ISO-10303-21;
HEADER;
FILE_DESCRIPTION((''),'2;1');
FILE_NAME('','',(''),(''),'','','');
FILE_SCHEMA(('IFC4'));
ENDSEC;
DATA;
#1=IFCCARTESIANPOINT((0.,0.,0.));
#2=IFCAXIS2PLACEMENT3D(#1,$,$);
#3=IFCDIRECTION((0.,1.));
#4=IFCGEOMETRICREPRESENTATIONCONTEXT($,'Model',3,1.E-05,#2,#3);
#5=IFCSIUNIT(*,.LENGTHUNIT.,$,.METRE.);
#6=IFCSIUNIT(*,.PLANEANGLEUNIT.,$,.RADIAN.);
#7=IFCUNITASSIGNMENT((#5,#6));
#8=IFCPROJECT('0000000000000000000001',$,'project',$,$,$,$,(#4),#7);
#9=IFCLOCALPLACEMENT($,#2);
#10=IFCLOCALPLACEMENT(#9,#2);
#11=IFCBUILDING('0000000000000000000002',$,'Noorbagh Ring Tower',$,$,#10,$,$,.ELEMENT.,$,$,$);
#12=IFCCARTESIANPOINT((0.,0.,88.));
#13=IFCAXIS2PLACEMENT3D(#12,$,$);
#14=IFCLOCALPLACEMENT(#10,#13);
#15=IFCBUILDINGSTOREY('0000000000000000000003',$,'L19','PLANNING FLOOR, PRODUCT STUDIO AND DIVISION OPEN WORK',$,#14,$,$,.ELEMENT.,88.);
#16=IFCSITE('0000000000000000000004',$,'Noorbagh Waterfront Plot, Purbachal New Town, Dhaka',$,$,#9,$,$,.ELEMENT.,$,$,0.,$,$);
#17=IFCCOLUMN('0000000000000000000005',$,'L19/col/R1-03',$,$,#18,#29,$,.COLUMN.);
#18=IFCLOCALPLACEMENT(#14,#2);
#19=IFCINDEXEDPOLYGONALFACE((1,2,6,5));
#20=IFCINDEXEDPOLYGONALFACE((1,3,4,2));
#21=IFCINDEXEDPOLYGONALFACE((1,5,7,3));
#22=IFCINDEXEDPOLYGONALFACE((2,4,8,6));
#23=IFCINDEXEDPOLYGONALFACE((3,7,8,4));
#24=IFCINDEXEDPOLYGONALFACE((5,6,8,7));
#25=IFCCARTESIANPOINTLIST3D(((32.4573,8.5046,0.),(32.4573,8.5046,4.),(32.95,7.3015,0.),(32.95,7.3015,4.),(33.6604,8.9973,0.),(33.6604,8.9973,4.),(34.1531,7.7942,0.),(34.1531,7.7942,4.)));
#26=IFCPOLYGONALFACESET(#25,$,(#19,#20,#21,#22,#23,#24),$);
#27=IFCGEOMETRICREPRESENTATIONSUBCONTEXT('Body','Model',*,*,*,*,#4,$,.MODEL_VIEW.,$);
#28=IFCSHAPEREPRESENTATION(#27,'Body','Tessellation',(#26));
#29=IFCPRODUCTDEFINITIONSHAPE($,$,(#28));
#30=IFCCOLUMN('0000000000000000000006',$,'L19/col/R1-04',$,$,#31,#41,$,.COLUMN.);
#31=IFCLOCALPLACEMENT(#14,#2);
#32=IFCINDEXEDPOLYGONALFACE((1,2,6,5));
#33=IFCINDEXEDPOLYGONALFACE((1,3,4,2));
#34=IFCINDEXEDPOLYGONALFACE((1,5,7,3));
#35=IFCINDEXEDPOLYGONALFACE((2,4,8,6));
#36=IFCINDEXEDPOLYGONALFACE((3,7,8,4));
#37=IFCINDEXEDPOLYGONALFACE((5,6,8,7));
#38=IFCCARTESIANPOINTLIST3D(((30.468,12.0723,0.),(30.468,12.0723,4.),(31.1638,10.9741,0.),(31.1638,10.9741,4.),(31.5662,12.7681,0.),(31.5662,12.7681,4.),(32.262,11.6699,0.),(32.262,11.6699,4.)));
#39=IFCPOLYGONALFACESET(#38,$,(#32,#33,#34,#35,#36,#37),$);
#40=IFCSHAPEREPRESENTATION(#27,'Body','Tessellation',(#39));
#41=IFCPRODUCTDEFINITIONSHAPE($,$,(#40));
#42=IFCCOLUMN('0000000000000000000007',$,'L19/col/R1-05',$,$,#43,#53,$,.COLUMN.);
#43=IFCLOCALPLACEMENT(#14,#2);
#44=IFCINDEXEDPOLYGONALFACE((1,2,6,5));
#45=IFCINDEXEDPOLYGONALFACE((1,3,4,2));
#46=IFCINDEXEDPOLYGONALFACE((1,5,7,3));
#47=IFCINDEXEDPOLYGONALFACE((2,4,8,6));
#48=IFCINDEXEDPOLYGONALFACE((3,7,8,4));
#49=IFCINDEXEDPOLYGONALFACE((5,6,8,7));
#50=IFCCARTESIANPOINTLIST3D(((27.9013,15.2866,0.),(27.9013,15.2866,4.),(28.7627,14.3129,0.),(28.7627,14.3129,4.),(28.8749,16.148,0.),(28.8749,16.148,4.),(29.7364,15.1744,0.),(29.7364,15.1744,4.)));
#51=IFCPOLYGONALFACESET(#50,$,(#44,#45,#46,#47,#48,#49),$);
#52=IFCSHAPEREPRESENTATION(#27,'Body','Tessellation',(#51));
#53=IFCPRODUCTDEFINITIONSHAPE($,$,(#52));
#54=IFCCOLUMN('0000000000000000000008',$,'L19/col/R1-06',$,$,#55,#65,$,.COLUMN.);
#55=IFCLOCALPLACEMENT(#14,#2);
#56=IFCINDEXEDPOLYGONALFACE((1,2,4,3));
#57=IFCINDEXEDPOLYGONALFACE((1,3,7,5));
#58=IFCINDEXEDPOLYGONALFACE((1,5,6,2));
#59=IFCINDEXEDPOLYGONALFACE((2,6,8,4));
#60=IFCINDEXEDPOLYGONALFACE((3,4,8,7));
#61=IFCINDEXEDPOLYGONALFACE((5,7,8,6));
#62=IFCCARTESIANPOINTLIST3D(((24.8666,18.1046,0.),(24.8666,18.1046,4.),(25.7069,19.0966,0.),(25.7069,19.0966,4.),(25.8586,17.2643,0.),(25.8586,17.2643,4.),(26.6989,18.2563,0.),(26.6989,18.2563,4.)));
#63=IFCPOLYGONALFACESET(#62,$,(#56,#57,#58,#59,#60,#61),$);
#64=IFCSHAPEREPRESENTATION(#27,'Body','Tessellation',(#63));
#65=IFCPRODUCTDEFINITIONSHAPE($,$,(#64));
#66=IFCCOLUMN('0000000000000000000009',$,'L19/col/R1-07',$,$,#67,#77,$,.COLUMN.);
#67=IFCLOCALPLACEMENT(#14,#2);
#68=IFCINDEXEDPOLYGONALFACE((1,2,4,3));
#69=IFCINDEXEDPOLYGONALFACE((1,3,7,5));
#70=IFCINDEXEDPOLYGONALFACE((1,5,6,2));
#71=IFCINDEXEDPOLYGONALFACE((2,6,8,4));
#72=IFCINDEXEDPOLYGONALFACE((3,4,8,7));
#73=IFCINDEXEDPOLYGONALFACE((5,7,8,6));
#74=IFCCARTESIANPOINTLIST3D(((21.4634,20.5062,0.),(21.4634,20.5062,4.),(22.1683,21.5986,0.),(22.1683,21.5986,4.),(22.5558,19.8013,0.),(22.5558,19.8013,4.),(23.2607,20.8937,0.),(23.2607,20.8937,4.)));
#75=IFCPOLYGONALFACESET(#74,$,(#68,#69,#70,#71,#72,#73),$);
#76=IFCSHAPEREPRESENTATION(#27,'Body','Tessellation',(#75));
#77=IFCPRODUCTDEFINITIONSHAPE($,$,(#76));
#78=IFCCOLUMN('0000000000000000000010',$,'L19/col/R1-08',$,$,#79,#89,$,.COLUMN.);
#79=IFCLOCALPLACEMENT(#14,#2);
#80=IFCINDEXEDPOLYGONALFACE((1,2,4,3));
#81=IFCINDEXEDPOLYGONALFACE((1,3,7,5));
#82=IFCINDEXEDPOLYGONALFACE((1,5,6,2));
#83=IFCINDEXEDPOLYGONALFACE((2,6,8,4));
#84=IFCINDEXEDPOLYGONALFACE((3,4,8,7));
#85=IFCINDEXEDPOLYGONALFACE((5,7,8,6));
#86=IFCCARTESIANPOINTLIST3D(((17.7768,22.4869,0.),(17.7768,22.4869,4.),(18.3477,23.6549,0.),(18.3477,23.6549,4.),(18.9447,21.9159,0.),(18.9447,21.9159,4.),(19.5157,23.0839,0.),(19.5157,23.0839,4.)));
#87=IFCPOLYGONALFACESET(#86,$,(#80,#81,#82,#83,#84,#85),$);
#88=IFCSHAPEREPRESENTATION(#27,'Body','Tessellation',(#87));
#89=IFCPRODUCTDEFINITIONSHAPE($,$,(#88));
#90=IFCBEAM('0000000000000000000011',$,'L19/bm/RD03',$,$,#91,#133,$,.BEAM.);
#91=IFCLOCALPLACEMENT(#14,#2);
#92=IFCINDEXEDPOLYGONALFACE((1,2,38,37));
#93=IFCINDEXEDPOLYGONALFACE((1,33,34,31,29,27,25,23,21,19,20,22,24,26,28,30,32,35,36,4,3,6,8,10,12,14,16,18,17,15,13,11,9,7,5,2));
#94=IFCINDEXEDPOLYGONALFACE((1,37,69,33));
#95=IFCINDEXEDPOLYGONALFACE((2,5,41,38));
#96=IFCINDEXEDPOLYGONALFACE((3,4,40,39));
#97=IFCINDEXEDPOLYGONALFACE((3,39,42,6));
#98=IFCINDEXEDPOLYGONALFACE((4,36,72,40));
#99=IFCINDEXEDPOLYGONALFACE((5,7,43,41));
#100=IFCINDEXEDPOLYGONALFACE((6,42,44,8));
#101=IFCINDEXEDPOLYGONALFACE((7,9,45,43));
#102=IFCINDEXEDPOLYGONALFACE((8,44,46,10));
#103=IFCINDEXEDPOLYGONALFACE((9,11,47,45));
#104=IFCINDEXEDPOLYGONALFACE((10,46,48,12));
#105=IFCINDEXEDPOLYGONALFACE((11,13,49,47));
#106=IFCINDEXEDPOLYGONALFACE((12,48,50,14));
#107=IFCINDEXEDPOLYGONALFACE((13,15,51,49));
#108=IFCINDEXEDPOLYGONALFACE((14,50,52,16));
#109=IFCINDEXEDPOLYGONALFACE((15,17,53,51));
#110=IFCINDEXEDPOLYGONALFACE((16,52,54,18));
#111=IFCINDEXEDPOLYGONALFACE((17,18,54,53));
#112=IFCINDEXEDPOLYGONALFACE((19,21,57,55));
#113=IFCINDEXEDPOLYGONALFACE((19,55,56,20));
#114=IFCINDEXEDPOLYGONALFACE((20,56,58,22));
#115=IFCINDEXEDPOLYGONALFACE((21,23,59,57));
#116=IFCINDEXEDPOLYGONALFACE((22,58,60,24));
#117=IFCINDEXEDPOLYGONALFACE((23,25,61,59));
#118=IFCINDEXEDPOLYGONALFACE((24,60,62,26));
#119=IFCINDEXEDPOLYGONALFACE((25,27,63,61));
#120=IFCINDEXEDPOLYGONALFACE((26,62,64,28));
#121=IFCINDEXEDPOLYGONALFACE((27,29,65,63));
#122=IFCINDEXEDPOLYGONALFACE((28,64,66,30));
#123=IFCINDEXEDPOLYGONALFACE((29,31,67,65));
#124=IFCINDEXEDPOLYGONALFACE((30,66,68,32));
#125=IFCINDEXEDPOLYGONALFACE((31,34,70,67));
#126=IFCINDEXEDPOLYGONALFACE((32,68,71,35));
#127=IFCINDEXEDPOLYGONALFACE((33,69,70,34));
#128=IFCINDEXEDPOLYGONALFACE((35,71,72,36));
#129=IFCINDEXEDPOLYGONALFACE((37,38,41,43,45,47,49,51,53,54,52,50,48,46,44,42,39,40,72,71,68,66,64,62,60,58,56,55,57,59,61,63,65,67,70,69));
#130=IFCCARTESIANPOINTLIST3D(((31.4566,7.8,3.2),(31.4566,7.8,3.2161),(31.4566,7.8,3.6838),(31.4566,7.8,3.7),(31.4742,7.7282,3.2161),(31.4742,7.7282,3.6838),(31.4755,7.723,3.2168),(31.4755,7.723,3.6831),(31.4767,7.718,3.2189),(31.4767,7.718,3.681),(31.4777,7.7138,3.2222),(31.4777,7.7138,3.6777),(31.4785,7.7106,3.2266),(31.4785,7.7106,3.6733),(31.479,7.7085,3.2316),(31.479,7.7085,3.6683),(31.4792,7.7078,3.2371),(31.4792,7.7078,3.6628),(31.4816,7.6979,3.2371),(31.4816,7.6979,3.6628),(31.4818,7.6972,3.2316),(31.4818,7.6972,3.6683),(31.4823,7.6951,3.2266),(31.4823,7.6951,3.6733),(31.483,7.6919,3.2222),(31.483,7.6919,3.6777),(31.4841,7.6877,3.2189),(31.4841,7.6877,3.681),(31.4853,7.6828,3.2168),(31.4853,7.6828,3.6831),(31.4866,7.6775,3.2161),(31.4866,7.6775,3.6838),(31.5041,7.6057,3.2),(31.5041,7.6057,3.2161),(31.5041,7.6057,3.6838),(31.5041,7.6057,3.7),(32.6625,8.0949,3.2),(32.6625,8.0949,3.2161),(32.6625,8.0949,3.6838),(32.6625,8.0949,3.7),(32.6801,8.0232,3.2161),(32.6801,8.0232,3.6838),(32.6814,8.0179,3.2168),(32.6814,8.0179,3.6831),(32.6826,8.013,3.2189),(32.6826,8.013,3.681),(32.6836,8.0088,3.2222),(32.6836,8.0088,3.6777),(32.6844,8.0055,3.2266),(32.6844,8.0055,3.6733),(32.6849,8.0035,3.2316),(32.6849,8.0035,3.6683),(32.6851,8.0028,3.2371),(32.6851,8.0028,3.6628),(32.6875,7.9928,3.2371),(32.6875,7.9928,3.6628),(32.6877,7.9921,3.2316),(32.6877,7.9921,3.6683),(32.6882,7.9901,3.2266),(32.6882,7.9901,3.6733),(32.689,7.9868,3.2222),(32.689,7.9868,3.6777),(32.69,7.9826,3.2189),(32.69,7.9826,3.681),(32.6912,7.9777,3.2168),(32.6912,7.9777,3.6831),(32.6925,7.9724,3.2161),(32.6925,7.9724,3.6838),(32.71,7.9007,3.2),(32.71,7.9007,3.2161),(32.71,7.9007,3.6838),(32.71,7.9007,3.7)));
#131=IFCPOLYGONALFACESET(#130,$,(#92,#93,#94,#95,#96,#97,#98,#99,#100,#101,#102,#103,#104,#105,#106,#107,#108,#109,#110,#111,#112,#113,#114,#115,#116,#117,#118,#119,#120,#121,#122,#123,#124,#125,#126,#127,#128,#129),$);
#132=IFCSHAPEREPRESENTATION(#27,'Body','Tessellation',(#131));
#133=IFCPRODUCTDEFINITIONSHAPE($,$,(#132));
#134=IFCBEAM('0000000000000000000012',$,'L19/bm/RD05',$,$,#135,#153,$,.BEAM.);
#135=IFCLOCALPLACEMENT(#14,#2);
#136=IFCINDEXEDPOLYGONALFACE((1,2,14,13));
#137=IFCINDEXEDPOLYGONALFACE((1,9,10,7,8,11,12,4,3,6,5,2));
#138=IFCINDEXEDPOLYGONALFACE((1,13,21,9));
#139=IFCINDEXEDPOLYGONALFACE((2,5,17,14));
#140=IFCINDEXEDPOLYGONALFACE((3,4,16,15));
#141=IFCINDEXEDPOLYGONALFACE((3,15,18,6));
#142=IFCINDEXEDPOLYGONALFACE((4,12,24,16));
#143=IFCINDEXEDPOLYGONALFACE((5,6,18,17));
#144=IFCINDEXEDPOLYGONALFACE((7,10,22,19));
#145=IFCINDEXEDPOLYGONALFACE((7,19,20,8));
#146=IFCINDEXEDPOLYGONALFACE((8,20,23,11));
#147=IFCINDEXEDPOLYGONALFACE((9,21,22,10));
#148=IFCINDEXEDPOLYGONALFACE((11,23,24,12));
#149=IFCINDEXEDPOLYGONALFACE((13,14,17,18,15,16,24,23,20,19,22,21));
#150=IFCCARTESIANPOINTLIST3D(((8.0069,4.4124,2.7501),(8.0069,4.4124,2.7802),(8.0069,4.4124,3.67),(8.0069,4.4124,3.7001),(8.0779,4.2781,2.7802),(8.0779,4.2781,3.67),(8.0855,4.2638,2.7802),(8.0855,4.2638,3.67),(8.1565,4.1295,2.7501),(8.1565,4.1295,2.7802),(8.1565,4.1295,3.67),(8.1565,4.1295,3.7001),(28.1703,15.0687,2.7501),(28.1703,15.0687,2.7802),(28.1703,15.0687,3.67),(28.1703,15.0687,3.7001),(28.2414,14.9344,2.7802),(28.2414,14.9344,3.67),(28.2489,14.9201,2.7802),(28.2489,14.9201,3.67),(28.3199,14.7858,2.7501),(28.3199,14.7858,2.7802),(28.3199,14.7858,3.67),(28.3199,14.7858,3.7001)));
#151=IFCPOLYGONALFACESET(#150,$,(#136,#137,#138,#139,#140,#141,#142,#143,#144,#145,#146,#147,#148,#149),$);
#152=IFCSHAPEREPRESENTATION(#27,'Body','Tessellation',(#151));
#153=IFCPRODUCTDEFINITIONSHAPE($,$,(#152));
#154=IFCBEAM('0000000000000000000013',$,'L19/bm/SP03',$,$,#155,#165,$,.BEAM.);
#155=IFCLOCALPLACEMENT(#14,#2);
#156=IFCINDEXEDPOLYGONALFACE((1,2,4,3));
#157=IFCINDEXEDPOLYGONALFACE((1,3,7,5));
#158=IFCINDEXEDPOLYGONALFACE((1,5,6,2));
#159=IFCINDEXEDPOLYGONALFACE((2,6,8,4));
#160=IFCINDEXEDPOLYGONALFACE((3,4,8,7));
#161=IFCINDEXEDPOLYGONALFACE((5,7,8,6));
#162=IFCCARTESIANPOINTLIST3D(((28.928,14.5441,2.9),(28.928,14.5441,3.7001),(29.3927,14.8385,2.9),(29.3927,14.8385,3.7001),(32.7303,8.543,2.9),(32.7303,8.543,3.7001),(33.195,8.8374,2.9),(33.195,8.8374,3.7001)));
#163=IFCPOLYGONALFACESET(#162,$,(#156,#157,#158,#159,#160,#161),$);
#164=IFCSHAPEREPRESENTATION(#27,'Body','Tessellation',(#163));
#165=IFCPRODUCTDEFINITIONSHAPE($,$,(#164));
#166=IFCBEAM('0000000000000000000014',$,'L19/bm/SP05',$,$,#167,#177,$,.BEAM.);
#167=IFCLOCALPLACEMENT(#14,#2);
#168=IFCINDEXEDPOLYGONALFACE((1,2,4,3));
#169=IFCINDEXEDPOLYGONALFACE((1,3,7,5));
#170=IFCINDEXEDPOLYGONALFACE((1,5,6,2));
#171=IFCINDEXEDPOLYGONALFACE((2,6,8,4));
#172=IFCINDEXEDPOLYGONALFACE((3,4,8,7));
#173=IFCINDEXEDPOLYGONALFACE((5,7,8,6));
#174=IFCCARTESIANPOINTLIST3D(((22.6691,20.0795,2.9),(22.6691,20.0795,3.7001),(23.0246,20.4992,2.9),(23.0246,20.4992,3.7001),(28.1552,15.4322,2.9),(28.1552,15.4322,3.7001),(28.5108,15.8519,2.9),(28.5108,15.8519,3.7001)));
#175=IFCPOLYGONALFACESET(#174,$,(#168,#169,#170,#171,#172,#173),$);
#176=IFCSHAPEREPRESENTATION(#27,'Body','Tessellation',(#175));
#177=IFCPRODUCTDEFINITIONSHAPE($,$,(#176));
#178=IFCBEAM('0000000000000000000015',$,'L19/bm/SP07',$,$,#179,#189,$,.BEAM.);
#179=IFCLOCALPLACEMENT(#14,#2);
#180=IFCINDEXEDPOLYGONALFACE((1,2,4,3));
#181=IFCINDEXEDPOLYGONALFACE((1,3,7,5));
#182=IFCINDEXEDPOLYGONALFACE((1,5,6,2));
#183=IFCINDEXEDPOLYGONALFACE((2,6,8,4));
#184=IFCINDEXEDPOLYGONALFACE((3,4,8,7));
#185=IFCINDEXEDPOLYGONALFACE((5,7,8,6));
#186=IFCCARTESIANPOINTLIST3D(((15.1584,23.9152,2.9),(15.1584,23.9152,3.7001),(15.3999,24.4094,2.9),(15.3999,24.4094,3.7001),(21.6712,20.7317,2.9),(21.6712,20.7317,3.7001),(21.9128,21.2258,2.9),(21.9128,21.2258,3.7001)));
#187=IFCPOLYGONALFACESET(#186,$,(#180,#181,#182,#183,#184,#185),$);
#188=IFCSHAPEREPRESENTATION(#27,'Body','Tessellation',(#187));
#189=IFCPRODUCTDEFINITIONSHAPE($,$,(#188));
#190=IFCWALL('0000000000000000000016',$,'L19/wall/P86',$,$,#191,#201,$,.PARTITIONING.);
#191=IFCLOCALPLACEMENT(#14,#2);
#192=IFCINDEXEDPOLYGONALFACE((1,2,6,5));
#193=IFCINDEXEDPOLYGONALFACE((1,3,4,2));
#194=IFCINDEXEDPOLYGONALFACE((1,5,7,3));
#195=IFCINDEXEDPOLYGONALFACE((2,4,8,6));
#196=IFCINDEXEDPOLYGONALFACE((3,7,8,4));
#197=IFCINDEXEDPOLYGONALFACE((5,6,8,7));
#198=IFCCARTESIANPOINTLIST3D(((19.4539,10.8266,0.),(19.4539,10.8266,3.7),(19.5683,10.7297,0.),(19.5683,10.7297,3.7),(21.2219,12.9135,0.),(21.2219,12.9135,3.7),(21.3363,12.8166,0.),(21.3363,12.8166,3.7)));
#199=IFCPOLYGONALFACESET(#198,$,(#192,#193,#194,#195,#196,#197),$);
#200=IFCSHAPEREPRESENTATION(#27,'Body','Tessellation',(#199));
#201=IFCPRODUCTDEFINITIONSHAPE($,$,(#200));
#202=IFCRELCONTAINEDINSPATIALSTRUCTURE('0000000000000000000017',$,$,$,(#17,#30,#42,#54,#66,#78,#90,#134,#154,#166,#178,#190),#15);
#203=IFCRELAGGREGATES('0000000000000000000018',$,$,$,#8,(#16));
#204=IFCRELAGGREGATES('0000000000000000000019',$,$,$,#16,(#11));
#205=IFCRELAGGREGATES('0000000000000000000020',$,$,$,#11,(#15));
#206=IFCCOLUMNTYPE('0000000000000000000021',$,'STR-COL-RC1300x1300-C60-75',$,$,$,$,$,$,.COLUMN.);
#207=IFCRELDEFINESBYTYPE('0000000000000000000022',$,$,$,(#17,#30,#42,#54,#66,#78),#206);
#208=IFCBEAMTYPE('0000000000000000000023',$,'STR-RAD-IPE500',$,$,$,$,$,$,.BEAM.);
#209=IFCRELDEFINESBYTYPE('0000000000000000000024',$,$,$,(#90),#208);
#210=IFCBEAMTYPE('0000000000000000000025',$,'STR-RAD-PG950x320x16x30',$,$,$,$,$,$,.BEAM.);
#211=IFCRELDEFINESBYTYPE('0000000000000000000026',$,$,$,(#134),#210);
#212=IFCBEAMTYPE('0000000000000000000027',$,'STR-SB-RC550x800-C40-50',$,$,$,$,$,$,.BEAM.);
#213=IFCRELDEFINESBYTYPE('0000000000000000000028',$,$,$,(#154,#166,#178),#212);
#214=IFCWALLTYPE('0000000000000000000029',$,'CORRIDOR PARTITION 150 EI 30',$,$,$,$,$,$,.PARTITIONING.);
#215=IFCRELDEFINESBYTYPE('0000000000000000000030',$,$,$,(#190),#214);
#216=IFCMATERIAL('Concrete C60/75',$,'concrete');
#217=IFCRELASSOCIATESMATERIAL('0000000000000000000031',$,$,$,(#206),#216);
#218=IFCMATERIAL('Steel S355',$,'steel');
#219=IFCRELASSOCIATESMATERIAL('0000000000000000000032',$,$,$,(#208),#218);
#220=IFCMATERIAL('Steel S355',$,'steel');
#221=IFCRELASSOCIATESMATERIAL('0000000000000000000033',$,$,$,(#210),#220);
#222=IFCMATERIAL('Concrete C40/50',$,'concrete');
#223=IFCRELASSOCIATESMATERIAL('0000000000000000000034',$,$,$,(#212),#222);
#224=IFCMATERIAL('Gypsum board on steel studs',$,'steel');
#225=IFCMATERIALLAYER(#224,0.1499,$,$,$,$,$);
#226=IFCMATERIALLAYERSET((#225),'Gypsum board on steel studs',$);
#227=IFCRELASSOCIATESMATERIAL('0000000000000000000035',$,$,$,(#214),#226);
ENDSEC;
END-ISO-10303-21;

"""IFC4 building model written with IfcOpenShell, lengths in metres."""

from ifc_helpers import new_model, si_unit, direction, frame, frame_2d, origin, origin_2d, place, context, subcontext, project, spatial, rectangle, i_section, extrude, material, layer, layer_set, material_profile, profile_set, type_object, element, save


model = new_model("IFC4")

# Units and contexts
model_context = context("Model", 3, precision=1e-05, world=origin(), true_north=direction((0.0, 1.0)))
body_context = subcontext(model_context, "Body", "Model", "MODEL_VIEW")
ifc_project = project(units=[si_unit("LENGTHUNIT", "METRE"), si_unit("PLANEANGLEUNIT", "RADIAN")], contexts=[model_context])

# Site, building, storey
site_placement = place(None, origin())
site = spatial("IfcSite", under=ifc_project, at=site_placement, Name="Noorbagh Waterfront Plot, Purbachal New Town, Dhaka", CompositionType="ELEMENT", RefElevation=0.0)
building_placement = place(site_placement, origin())
building = spatial("IfcBuilding", under=site, at=building_placement, Name="Noorbagh Ring Tower", CompositionType="ELEMENT")
storey_placement = place(building_placement, frame((0.0, 0.0, 88.0)))
storey = spatial("IfcBuildingStorey", under=building, at=storey_placement, Name="L19", Description="PLANNING FLOOR, PRODUCT STUDIO AND DIVISION OPEN WORK", CompositionType="ELEMENT", Elevation=88.0)

# Columns
ifc_material_1 = material(Name="Concrete C60/75", Category="concrete")
ifc_material_profile_1 = material_profile(ifc_material_1, rectangle(XDim=1.3, YDim=1.3, at=origin_2d()), Name="RC1300x1300")
ifc_profile_set_1 = profile_set([ifc_material_profile_1], Name="Concrete C60/75")
column_type = type_object("IfcColumnType", Name="STR-COL-RC1300x1300-C60-75", PredefinedType="COLUMN", material=ifc_profile_set_1)
for number, where, z_axis, x_axis, name in (
    (1, (33.3052, 8.1494, 0.0), (0.0, 0.0, 1.0), (-0.378989, 0.925401, 0.0), "L19/col/R1-03"),
    (2, (31.365, 11.8711, 0.0), (0.0, 0.0, 1.0), (-0.53519, 0.844731, 0.0), "L19/col/R1-04"),
    (3, (28.8188, 15.2305, 0.0), (0.0, 0.0, 1.0), (-0.662636, 0.748942, 0.0), "L19/col/R1-05"),
    (4, (25.7827, 18.1804, 0.0), (0.0, 0.0, 1.0), (-0.763035, 0.646357, 0.0), "L19/col/R1-06"),
    (5, (22.3621, 20.7, 0.0), (0.0, 0.0, 1.0), (-0.840248, 0.542203, 0.0), "L19/col/R1-07"),
    (6, (18.6462, 22.7854, 0.0), (0.0, 0.0, 1.0), (-0.898399, 0.43918, 0.0), "L19/col/R1-08"),
):
    element("IfcColumn", number, at=place(storey_placement, frame(where, z_axis=z_axis, x_axis=x_axis)), inside=storey, type_object=column_type, Name=name, PredefinedType="COLUMN", context=body_context, shape_type="SweptSolid", body=[
        extrude(rectangle(XDim=1.3, YDim=1.3, at=origin_2d()), origin(), (0.0, 0.0, 1.0), 4.0),
    ])

# Beams
ifc_material_2 = material(Name="Steel S355", Category="steel")
ifc_material_profile_2 = material_profile(ifc_material_2, i_section(OverallWidth=0.2, OverallDepth=0.5, WebThickness=0.0103, FlangeThickness=0.0161, FilletRadius=0.021, at=origin_2d()), Name="IPE500")
ifc_profile_set_2 = profile_set([ifc_material_profile_2], Name="Steel S355")
beam_type_1 = type_object("IfcBeamType", Name="STR-RAD-IPE500", PredefinedType="BEAM", material=ifc_profile_set_2)
beam_1_placement = place(storey_placement, frame((32.6863, 7.9978, 3.45), z_axis=(-0.971368, -0.237581, 0.0), x_axis=(0.237581, -0.971368, 0.0)))
element("IfcBeam", 7, at=beam_1_placement, inside=storey, type_object=beam_type_1, Name="L19/bm/RD03", PredefinedType="BEAM", context=body_context, shape_type="SweptSolid", body=[
    extrude(i_section(OverallWidth=0.2, OverallDepth=0.5, WebThickness=0.0103, FlangeThickness=0.0161, FilletRadius=0.021, at=origin_2d()), origin(), (0.0, 0.0, 1.0), 1.2415),
])
ifc_material_3 = material(Name="Steel S355", Category="steel")
ifc_material_profile_3 = material_profile(ifc_material_3, i_section(OverallWidth=0.3201, OverallDepth=0.95, WebThickness=0.0161, FlangeThickness=0.03, at=origin_2d()), Name="PG950x320x16x30")
ifc_profile_set_3 = profile_set([ifc_material_profile_3], Name="Steel S355")
beam_type_2 = type_object("IfcBeamType", Name="STR-RAD-PG950x320x16x30", PredefinedType="BEAM", material=ifc_profile_set_3)
beam_2_placement = place(storey_placement, frame((28.2451, 14.9272, 3.2251), z_axis=(-0.884122, -0.467256, 0.0), x_axis=(0.467256, -0.884122, 0.0)))
element("IfcBeam", 8, at=beam_2_placement, inside=storey, type_object=beam_type_2, Name="L19/bm/RD05", PredefinedType="BEAM", context=body_context, shape_type="SweptSolid", body=[
    extrude(i_section(OverallWidth=0.3201, OverallDepth=0.95, WebThickness=0.0161, FlangeThickness=0.03, at=origin_2d()), origin(), (0.0, 0.0, 1.0), 22.8062),
])
ifc_material_4 = material(Name="Concrete C40/50", Category="concrete")
ifc_material_profile_4 = material_profile(ifc_material_4, rectangle(XDim=0.55, YDim=0.8, at=origin_2d()), Name="RC550x800")
ifc_profile_set_4 = profile_set([ifc_material_profile_4], Name="Concrete C40/50")
beam_type_3 = type_object("IfcBeamType", Name="STR-SB-RC550x800-C40-50", PredefinedType="BEAM", material=ifc_profile_set_4)
beam_3_placement = place(storey_placement, frame((32.9626, 8.6902, 3.3), z_axis=(-0.535216, 0.844715, 0.0), x_axis=(-0.844715, -0.535216, 0.0)))
element("IfcBeam", 9, at=beam_3_placement, inside=storey, type_object=beam_type_3, Name="L19/bm/SP03", PredefinedType="BEAM", context=body_context, shape_type="SweptSolid", body=[
    extrude(rectangle(XDim=0.55, YDim=0.8, at=origin_2d()), origin(), (0.0, 0.0, 1.0), 7.1042),
])
beam_4_placement = place(storey_placement, frame((28.333, 15.6421, 3.3), z_axis=(-0.763033, 0.646359, 0.0), x_axis=(-0.646359, -0.763033, 0.0)))
element("IfcBeam", 10, at=beam_4_placement, inside=storey, type_object=beam_type_3, Name="L19/bm/SP05", PredefinedType="BEAM", context=body_context, shape_type="SweptSolid", body=[
    extrude(rectangle(XDim=0.55, YDim=0.8, at=origin_2d()), origin(), (0.0, 0.0, 1.0), 7.1899),
])
beam_5_placement = place(storey_placement, frame((21.792, 20.9788, 3.3), z_axis=(-0.898412, 0.439153, 0.0), x_axis=(-0.439153, -0.898412, 0.0)))
element("IfcBeam", 11, at=beam_5_placement, inside=storey, type_object=beam_type_3, Name="L19/bm/SP07", PredefinedType="BEAM", context=body_context, shape_type="SweptSolid", body=[
    extrude(rectangle(XDim=0.55, YDim=0.8, at=origin_2d()), origin(), (0.0, 0.0, 1.0), 7.2493),
])

# Wall
ifc_material_5 = material(Name="Gypsum board on steel studs", Category="steel")
ifc_layer_1 = layer(ifc_material_5, 0.1499)
ifc_layer_set_1 = layer_set([ifc_layer_1], Name="Gypsum board on steel studs")
wall_type_1 = type_object("IfcWallType", Name="CORRIDOR PARTITION 150 EI 30", PredefinedType="PARTITIONING", material=ifc_layer_set_1)
wall_1_placement = place(storey_placement, frame((19.511, 10.7781, 0.0), z_axis=(0.0, 0.0, 1.0), x_axis=(0.646414, 0.762987, 0.0)))
element("IfcWall", 12, at=wall_1_placement, inside=storey, type_object=wall_type_1, Name="L19/wall/P86", PredefinedType="PARTITIONING", context=body_context, shape_type="SweptSolid", body=[
    extrude(rectangle(XDim=2.7351, YDim=0.1499, at=frame_2d((1.3677, 0.0))), origin(), (0.0, 0.0, 1.0), 3.7),
])

save(model, "model.ifc")
